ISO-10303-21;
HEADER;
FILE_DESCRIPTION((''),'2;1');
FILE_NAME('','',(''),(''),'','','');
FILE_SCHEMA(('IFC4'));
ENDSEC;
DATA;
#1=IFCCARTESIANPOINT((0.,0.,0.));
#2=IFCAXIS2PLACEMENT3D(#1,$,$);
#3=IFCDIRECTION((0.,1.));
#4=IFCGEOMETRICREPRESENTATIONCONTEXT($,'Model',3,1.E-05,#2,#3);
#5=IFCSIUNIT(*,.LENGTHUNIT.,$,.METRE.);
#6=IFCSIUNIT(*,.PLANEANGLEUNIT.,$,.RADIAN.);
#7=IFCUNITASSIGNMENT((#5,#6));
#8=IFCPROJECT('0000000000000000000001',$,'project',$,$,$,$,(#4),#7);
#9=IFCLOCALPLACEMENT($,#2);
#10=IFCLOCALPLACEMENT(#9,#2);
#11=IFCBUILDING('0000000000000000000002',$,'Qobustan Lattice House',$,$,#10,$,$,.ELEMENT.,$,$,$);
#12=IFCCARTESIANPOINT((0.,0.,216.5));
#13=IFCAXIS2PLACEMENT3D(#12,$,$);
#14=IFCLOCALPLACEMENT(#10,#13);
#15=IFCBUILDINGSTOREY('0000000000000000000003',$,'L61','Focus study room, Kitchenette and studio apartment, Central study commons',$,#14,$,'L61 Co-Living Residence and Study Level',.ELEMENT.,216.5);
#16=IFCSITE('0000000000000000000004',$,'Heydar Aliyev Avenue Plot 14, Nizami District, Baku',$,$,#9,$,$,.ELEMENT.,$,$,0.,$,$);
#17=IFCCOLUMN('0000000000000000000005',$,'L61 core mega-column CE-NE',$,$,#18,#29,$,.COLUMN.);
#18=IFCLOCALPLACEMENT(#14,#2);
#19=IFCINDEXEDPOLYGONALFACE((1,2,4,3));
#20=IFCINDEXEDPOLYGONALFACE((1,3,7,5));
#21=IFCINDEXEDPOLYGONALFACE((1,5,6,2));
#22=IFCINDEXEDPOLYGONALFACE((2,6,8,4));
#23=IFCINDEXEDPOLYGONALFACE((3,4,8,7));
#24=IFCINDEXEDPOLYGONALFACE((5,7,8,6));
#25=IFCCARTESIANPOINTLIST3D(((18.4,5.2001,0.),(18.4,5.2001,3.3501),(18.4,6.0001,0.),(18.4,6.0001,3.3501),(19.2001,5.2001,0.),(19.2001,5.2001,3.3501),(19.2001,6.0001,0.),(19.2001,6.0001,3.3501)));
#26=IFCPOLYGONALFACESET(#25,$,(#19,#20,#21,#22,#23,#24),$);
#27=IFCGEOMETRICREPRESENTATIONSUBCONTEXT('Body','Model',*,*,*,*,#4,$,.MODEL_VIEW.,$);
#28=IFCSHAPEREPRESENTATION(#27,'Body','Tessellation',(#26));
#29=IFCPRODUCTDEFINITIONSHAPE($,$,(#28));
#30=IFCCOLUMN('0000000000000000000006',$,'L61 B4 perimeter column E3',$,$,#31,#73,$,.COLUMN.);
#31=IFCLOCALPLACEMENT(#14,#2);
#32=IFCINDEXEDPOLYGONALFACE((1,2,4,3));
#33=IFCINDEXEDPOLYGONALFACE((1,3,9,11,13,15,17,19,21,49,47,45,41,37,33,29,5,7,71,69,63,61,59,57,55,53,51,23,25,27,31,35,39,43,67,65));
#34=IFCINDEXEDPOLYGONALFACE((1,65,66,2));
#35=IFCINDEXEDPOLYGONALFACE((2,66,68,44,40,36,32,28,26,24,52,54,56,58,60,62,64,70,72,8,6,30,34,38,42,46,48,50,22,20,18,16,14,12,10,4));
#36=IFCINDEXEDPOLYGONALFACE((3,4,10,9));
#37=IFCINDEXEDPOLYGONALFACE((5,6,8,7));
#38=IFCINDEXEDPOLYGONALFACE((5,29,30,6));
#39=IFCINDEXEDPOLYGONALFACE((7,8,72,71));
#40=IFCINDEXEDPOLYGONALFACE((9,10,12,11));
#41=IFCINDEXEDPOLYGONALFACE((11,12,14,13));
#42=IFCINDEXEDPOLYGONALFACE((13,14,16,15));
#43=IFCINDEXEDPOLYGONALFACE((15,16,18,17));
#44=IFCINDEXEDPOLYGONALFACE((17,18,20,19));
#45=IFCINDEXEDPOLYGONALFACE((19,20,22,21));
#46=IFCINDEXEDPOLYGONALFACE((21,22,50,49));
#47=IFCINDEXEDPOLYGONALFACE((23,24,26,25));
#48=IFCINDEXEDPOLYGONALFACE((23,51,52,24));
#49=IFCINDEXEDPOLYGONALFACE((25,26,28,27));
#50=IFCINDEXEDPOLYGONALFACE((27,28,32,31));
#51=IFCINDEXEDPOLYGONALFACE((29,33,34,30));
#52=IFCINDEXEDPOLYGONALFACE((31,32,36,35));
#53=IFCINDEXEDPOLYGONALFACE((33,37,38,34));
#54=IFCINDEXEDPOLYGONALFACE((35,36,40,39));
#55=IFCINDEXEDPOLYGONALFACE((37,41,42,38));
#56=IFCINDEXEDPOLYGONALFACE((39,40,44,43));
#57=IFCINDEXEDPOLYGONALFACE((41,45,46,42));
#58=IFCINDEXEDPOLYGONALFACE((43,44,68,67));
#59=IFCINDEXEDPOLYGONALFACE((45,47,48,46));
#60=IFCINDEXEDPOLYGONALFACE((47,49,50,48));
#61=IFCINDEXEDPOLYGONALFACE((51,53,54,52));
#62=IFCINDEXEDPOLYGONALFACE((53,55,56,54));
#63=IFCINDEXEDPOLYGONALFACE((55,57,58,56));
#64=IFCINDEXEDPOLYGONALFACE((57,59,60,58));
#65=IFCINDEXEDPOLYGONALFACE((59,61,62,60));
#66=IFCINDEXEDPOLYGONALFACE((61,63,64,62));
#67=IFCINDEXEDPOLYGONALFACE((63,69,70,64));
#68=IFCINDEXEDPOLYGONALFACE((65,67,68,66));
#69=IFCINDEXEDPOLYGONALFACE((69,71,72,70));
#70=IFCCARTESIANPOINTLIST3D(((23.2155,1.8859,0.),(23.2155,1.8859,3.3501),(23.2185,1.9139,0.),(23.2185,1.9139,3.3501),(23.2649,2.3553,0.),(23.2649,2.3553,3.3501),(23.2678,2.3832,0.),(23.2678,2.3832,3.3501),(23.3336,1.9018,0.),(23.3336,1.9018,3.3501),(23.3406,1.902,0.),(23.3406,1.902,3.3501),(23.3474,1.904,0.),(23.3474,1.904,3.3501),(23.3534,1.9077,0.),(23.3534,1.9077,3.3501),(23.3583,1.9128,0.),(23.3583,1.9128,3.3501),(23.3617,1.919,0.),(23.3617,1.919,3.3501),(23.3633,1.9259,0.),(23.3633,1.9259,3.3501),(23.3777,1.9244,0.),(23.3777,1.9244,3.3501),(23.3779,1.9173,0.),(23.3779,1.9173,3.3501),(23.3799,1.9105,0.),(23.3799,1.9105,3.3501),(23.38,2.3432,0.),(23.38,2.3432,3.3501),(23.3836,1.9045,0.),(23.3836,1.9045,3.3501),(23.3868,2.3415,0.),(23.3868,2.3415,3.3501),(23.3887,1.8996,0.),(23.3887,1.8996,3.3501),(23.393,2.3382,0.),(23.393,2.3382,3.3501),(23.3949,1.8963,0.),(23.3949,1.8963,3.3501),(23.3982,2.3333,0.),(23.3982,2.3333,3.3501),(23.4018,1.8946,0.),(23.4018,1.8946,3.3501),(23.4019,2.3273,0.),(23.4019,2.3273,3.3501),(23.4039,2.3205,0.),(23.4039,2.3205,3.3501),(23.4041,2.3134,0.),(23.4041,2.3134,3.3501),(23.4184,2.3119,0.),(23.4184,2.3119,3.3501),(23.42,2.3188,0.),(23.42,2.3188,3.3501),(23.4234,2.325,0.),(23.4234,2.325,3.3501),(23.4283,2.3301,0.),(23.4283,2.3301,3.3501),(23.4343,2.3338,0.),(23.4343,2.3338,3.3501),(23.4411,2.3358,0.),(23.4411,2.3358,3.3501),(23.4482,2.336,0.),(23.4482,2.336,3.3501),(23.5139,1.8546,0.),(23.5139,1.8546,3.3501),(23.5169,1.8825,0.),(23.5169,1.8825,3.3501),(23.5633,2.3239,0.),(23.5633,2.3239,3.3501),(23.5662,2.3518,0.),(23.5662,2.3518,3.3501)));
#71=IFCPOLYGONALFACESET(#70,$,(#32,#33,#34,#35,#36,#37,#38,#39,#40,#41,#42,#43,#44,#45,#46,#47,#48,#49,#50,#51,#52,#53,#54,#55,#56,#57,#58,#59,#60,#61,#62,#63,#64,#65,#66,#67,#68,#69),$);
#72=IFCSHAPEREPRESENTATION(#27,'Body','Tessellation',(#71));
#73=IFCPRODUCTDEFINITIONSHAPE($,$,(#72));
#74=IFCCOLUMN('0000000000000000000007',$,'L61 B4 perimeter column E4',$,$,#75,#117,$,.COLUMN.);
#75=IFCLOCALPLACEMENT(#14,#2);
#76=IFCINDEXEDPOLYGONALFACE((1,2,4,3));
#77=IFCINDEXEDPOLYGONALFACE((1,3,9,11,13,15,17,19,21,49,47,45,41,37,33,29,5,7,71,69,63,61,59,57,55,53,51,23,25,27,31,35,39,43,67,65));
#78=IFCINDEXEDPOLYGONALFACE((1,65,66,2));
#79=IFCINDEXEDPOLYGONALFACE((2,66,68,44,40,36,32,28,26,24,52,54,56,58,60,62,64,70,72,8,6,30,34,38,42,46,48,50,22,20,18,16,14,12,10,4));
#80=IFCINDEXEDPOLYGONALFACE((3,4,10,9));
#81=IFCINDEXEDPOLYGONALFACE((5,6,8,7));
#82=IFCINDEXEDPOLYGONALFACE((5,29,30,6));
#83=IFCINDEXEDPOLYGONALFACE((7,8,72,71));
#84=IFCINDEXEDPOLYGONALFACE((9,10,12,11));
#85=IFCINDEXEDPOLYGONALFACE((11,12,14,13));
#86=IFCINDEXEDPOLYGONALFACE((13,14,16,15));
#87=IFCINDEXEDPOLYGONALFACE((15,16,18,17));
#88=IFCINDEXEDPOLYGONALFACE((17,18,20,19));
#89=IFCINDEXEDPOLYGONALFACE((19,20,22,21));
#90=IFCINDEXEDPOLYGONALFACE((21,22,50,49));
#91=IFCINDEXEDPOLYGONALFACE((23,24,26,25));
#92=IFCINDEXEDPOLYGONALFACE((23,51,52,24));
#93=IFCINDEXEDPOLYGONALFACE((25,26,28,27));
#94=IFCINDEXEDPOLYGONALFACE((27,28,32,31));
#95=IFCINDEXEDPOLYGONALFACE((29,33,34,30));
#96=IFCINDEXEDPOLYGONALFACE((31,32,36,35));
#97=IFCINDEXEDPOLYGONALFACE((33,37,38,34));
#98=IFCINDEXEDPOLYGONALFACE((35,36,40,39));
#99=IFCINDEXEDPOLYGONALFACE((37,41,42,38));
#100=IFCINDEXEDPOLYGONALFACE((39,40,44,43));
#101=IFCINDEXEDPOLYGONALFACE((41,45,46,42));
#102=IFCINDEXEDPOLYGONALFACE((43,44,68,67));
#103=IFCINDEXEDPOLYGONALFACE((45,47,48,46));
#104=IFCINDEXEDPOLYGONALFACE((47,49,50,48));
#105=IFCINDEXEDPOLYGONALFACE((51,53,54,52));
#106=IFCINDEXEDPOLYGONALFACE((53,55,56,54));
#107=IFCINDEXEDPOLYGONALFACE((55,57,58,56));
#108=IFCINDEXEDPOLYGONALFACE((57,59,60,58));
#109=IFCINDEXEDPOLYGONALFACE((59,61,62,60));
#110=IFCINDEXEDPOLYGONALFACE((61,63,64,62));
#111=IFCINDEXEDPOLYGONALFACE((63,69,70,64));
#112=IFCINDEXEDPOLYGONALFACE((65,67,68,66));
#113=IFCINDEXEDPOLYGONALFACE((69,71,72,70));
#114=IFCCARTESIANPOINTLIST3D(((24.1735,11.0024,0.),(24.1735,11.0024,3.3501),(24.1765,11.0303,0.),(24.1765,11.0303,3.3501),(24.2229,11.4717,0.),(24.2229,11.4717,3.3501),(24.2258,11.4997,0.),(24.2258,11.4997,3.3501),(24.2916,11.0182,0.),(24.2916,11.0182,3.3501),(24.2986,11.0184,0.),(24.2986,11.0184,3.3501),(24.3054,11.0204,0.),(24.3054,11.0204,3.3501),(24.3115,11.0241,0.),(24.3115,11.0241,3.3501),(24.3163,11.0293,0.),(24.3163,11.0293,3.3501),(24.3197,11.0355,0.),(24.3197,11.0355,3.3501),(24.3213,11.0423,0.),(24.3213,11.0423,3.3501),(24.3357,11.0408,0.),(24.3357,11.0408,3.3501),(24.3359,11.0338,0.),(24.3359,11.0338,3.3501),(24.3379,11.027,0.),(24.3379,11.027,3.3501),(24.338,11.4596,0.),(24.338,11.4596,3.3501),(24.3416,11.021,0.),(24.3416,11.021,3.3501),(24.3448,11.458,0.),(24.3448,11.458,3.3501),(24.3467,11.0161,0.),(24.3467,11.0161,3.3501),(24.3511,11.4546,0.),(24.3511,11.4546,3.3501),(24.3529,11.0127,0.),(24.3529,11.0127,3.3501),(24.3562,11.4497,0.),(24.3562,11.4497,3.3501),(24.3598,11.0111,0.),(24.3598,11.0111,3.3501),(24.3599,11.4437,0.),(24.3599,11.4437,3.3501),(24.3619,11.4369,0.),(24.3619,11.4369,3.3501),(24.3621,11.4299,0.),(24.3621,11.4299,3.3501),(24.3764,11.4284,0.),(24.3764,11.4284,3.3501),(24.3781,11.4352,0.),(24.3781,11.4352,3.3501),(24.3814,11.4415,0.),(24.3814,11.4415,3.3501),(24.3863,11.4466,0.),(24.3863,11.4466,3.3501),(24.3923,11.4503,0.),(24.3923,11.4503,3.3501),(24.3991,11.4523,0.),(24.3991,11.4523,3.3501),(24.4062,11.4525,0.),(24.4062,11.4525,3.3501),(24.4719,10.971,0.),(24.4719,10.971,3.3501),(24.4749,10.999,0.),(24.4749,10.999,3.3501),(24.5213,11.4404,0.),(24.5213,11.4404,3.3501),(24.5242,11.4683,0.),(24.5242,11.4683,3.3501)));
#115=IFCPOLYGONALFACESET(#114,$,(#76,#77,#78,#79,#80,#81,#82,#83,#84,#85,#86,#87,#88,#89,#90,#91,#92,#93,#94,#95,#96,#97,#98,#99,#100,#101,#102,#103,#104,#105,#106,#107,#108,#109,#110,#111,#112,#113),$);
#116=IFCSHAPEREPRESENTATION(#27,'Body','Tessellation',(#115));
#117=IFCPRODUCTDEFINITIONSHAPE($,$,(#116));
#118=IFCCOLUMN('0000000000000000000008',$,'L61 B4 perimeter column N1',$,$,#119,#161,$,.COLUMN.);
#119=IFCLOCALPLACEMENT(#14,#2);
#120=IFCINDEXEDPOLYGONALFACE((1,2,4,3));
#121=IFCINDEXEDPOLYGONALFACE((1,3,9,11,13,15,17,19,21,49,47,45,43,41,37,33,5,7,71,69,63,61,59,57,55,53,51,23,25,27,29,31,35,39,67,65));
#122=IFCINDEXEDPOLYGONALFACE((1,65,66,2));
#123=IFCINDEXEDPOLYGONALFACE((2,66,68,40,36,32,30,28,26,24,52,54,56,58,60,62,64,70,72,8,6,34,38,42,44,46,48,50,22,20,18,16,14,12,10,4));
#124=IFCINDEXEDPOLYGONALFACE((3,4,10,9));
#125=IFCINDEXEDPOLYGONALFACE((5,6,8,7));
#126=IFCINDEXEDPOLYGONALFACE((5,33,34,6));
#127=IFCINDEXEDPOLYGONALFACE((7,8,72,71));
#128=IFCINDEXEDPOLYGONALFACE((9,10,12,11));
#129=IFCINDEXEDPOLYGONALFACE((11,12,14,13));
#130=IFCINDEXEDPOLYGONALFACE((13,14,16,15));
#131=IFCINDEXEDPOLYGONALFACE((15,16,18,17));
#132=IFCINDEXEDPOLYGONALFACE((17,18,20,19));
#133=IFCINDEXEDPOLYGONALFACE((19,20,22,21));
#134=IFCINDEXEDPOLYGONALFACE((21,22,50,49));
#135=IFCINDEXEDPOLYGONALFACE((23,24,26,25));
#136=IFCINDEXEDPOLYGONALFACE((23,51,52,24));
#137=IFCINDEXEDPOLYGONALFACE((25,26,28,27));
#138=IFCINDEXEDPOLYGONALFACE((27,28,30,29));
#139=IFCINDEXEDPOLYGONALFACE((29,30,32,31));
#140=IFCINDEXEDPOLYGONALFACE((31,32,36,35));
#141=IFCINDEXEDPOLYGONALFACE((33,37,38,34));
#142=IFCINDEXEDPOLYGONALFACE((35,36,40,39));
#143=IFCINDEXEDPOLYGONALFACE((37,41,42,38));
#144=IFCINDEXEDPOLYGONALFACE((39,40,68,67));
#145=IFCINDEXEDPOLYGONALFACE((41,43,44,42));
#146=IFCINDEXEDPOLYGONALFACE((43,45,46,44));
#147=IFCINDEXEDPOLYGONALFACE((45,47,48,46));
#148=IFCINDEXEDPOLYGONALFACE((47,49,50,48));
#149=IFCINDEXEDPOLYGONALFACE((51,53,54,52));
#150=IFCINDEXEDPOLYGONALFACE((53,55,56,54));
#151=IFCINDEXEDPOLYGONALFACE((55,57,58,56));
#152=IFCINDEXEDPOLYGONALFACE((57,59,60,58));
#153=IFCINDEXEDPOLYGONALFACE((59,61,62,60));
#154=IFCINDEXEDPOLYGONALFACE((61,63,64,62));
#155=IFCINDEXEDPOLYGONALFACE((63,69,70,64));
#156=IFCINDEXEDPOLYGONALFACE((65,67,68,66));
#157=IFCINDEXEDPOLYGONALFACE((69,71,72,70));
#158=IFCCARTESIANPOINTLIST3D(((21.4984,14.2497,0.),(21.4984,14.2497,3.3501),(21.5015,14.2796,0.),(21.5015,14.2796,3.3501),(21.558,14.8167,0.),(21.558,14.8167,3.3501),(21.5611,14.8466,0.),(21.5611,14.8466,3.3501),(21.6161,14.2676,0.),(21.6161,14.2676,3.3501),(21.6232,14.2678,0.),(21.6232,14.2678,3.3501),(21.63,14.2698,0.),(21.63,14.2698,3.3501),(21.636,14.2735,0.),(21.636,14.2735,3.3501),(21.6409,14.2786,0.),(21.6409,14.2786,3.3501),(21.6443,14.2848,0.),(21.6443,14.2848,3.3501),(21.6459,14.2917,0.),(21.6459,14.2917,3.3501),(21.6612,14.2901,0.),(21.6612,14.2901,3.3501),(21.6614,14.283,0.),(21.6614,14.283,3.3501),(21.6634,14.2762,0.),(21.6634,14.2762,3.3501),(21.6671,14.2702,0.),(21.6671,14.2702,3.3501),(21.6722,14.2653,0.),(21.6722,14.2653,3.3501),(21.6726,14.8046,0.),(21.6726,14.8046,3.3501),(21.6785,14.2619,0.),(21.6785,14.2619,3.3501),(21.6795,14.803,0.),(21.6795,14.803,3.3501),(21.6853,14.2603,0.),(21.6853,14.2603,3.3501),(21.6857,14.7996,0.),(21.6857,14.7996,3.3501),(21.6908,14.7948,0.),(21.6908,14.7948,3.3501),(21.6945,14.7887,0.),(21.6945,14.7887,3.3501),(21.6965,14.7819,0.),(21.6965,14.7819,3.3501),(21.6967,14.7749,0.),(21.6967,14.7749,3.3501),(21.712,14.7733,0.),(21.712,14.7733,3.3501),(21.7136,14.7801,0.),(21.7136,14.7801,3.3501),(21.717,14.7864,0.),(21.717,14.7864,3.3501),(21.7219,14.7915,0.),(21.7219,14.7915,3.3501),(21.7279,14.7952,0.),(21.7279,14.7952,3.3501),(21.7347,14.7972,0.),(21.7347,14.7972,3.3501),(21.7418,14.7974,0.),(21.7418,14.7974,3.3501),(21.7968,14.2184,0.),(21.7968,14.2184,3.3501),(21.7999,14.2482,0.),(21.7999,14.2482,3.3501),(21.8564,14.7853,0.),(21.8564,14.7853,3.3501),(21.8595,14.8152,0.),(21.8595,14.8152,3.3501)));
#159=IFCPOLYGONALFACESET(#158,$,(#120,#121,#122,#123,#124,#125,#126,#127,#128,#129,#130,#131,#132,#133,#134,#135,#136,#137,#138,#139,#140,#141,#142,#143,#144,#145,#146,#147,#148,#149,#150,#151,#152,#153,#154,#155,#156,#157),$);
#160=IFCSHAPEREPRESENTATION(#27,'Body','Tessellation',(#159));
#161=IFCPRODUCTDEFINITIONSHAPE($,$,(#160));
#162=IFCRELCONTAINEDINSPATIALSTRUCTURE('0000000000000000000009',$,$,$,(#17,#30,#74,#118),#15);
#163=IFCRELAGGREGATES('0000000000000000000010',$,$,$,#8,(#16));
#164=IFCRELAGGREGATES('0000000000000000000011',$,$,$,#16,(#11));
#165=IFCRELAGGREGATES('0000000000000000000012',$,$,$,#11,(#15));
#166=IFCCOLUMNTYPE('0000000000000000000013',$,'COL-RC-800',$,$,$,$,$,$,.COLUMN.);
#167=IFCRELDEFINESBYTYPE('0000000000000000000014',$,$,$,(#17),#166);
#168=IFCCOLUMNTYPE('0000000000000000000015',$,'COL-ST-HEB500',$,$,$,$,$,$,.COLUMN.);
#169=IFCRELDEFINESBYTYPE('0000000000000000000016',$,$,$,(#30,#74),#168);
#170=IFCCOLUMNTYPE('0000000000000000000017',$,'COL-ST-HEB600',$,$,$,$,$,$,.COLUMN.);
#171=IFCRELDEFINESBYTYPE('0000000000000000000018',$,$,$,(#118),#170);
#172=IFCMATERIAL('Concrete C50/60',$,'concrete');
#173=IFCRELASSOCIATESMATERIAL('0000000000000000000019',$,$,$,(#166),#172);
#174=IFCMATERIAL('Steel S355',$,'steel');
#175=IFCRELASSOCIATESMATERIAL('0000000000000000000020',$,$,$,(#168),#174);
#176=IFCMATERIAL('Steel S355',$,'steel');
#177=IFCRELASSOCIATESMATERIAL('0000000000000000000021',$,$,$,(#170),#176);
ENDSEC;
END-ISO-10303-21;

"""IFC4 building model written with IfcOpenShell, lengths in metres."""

from ifc_helpers import new_model, si_unit, direction, frame, origin, origin_2d, place, context, subcontext, project, spatial, rectangle, i_section, extrude, material, material_profile, profile_set, type_object, element, save


model = new_model("IFC4")

# Units and contexts
model_context = context("Model", 3, precision=1e-05, world=origin(), true_north=direction((0.0, 1.0)))
body_context = subcontext(model_context, "Body", "Model", "MODEL_VIEW")
ifc_project = project(units=[si_unit("LENGTHUNIT", "METRE"), si_unit("PLANEANGLEUNIT", "RADIAN")], contexts=[model_context])

# Site, building, storey
site_placement = place(None, origin())
site = spatial("IfcSite", under=ifc_project, at=site_placement, Name="Heydar Aliyev Avenue Plot 14, Nizami District, Baku", CompositionType="ELEMENT", RefElevation=0.0)
building_placement = place(site_placement, origin())
building = spatial("IfcBuilding", under=site, at=building_placement, Name="Qobustan Lattice House", CompositionType="ELEMENT")
storey_placement = place(building_placement, frame((0.0, 0.0, 216.5)))
storey = spatial("IfcBuildingStorey", under=building, at=storey_placement, Name="L61", Description="Focus study room, Kitchenette and studio apartment, Central study commons", LongName="L61 Co-Living Residence and Study Level", CompositionType="ELEMENT", Elevation=216.5)

# Columns
ifc_material_1 = material(Name="Concrete C50/60", Category="concrete")
ifc_material_profile_1 = material_profile(ifc_material_1, rectangle(XDim=0.8, YDim=0.8, at=origin_2d()), Name="RC800x800")
ifc_profile_set_1 = profile_set([ifc_material_profile_1], Name="Concrete C50/60")
column_type_1 = type_object("IfcColumnType", Name="COL-RC-800", PredefinedType="COLUMN", material=ifc_profile_set_1)
column_1_placement = place(storey_placement, frame((18.8, 5.6001, 0.0), z_axis=(0.0, 0.0, 1.0), x_axis=(1.0, 0.0, 0.0)))
element("IfcColumn", 1, at=column_1_placement, inside=storey, type_object=column_type_1, Name="L61 core mega-column CE-NE", PredefinedType="COLUMN", context=body_context, shape_type="SweptSolid", body=[
    extrude(rectangle(XDim=0.8, YDim=0.8, at=origin_2d()), origin(), (0.0, 0.0, 1.0), 3.3501),
])
ifc_material_2 = material(Name="Steel S355", Category="steel")
ifc_material_profile_2 = material_profile(ifc_material_2, i_section(OverallWidth=0.3, OverallDepth=0.5, WebThickness=0.0144, FlangeThickness=0.0281, FilletRadius=0.0271, at=origin_2d()), Name="HEB500")
ifc_profile_set_2 = profile_set([ifc_material_profile_2], Name="Steel S355")
column_type_2 = type_object("IfcColumnType", Name="COL-ST-HEB500", PredefinedType="COLUMN", material=ifc_profile_set_2)
for number, where, z_axis, x_axis, name in (
    (2, (23.3909, 2.1189, 0.0), (0.0, 0.0, 1.0), (0.994522, -0.104528, 0.0), "L61 B4 perimeter column E3"),
    (3, (24.3489, 11.2354, 0.0), (0.0, 0.0, 1.0), (0.994522, -0.104528, 0.0), "L61 B4 perimeter column E4"),
):
    element("IfcColumn", number, at=place(storey_placement, frame(where, z_axis=z_axis, x_axis=x_axis)), inside=storey, type_object=column_type_2, Name=name, PredefinedType="COLUMN", context=body_context, shape_type="SweptSolid", body=[
        extrude(i_section(OverallWidth=0.3, OverallDepth=0.5, WebThickness=0.0144, FlangeThickness=0.0281, FilletRadius=0.0271, at=origin_2d()), origin(), (0.0, 0.0, 1.0), 3.3501),
    ])
ifc_material_3 = material(Name="Steel S355", Category="steel")
ifc_material_profile_3 = material_profile(ifc_material_3, i_section(OverallWidth=0.3, OverallDepth=0.6001, WebThickness=0.0154, FlangeThickness=0.03, FilletRadius=0.0271, at=origin_2d()), Name="HEB600")
ifc_profile_set_3 = profile_set([ifc_material_profile_3], Name="Steel S355")
column_type_3 = type_object("IfcColumnType", Name="COL-ST-HEB600", PredefinedType="COLUMN", material=ifc_profile_set_3)
column_2_placement = place(storey_placement, frame((21.679, 14.5325, 0.0), z_axis=(0.0, 0.0, 1.0), x_axis=(0.994522, -0.104528, 0.0)))
element("IfcColumn", 4, at=column_2_placement, inside=storey, type_object=column_type_3, Name="L61 B4 perimeter column N1", PredefinedType="COLUMN", context=body_context, shape_type="SweptSolid", body=[
    extrude(i_section(OverallWidth=0.3, OverallDepth=0.6001, WebThickness=0.0154, FlangeThickness=0.03, FilletRadius=0.0271, at=origin_2d()), origin(), (0.0, 0.0, 1.0), 3.3501),
])

save(model, "model.ifc")
